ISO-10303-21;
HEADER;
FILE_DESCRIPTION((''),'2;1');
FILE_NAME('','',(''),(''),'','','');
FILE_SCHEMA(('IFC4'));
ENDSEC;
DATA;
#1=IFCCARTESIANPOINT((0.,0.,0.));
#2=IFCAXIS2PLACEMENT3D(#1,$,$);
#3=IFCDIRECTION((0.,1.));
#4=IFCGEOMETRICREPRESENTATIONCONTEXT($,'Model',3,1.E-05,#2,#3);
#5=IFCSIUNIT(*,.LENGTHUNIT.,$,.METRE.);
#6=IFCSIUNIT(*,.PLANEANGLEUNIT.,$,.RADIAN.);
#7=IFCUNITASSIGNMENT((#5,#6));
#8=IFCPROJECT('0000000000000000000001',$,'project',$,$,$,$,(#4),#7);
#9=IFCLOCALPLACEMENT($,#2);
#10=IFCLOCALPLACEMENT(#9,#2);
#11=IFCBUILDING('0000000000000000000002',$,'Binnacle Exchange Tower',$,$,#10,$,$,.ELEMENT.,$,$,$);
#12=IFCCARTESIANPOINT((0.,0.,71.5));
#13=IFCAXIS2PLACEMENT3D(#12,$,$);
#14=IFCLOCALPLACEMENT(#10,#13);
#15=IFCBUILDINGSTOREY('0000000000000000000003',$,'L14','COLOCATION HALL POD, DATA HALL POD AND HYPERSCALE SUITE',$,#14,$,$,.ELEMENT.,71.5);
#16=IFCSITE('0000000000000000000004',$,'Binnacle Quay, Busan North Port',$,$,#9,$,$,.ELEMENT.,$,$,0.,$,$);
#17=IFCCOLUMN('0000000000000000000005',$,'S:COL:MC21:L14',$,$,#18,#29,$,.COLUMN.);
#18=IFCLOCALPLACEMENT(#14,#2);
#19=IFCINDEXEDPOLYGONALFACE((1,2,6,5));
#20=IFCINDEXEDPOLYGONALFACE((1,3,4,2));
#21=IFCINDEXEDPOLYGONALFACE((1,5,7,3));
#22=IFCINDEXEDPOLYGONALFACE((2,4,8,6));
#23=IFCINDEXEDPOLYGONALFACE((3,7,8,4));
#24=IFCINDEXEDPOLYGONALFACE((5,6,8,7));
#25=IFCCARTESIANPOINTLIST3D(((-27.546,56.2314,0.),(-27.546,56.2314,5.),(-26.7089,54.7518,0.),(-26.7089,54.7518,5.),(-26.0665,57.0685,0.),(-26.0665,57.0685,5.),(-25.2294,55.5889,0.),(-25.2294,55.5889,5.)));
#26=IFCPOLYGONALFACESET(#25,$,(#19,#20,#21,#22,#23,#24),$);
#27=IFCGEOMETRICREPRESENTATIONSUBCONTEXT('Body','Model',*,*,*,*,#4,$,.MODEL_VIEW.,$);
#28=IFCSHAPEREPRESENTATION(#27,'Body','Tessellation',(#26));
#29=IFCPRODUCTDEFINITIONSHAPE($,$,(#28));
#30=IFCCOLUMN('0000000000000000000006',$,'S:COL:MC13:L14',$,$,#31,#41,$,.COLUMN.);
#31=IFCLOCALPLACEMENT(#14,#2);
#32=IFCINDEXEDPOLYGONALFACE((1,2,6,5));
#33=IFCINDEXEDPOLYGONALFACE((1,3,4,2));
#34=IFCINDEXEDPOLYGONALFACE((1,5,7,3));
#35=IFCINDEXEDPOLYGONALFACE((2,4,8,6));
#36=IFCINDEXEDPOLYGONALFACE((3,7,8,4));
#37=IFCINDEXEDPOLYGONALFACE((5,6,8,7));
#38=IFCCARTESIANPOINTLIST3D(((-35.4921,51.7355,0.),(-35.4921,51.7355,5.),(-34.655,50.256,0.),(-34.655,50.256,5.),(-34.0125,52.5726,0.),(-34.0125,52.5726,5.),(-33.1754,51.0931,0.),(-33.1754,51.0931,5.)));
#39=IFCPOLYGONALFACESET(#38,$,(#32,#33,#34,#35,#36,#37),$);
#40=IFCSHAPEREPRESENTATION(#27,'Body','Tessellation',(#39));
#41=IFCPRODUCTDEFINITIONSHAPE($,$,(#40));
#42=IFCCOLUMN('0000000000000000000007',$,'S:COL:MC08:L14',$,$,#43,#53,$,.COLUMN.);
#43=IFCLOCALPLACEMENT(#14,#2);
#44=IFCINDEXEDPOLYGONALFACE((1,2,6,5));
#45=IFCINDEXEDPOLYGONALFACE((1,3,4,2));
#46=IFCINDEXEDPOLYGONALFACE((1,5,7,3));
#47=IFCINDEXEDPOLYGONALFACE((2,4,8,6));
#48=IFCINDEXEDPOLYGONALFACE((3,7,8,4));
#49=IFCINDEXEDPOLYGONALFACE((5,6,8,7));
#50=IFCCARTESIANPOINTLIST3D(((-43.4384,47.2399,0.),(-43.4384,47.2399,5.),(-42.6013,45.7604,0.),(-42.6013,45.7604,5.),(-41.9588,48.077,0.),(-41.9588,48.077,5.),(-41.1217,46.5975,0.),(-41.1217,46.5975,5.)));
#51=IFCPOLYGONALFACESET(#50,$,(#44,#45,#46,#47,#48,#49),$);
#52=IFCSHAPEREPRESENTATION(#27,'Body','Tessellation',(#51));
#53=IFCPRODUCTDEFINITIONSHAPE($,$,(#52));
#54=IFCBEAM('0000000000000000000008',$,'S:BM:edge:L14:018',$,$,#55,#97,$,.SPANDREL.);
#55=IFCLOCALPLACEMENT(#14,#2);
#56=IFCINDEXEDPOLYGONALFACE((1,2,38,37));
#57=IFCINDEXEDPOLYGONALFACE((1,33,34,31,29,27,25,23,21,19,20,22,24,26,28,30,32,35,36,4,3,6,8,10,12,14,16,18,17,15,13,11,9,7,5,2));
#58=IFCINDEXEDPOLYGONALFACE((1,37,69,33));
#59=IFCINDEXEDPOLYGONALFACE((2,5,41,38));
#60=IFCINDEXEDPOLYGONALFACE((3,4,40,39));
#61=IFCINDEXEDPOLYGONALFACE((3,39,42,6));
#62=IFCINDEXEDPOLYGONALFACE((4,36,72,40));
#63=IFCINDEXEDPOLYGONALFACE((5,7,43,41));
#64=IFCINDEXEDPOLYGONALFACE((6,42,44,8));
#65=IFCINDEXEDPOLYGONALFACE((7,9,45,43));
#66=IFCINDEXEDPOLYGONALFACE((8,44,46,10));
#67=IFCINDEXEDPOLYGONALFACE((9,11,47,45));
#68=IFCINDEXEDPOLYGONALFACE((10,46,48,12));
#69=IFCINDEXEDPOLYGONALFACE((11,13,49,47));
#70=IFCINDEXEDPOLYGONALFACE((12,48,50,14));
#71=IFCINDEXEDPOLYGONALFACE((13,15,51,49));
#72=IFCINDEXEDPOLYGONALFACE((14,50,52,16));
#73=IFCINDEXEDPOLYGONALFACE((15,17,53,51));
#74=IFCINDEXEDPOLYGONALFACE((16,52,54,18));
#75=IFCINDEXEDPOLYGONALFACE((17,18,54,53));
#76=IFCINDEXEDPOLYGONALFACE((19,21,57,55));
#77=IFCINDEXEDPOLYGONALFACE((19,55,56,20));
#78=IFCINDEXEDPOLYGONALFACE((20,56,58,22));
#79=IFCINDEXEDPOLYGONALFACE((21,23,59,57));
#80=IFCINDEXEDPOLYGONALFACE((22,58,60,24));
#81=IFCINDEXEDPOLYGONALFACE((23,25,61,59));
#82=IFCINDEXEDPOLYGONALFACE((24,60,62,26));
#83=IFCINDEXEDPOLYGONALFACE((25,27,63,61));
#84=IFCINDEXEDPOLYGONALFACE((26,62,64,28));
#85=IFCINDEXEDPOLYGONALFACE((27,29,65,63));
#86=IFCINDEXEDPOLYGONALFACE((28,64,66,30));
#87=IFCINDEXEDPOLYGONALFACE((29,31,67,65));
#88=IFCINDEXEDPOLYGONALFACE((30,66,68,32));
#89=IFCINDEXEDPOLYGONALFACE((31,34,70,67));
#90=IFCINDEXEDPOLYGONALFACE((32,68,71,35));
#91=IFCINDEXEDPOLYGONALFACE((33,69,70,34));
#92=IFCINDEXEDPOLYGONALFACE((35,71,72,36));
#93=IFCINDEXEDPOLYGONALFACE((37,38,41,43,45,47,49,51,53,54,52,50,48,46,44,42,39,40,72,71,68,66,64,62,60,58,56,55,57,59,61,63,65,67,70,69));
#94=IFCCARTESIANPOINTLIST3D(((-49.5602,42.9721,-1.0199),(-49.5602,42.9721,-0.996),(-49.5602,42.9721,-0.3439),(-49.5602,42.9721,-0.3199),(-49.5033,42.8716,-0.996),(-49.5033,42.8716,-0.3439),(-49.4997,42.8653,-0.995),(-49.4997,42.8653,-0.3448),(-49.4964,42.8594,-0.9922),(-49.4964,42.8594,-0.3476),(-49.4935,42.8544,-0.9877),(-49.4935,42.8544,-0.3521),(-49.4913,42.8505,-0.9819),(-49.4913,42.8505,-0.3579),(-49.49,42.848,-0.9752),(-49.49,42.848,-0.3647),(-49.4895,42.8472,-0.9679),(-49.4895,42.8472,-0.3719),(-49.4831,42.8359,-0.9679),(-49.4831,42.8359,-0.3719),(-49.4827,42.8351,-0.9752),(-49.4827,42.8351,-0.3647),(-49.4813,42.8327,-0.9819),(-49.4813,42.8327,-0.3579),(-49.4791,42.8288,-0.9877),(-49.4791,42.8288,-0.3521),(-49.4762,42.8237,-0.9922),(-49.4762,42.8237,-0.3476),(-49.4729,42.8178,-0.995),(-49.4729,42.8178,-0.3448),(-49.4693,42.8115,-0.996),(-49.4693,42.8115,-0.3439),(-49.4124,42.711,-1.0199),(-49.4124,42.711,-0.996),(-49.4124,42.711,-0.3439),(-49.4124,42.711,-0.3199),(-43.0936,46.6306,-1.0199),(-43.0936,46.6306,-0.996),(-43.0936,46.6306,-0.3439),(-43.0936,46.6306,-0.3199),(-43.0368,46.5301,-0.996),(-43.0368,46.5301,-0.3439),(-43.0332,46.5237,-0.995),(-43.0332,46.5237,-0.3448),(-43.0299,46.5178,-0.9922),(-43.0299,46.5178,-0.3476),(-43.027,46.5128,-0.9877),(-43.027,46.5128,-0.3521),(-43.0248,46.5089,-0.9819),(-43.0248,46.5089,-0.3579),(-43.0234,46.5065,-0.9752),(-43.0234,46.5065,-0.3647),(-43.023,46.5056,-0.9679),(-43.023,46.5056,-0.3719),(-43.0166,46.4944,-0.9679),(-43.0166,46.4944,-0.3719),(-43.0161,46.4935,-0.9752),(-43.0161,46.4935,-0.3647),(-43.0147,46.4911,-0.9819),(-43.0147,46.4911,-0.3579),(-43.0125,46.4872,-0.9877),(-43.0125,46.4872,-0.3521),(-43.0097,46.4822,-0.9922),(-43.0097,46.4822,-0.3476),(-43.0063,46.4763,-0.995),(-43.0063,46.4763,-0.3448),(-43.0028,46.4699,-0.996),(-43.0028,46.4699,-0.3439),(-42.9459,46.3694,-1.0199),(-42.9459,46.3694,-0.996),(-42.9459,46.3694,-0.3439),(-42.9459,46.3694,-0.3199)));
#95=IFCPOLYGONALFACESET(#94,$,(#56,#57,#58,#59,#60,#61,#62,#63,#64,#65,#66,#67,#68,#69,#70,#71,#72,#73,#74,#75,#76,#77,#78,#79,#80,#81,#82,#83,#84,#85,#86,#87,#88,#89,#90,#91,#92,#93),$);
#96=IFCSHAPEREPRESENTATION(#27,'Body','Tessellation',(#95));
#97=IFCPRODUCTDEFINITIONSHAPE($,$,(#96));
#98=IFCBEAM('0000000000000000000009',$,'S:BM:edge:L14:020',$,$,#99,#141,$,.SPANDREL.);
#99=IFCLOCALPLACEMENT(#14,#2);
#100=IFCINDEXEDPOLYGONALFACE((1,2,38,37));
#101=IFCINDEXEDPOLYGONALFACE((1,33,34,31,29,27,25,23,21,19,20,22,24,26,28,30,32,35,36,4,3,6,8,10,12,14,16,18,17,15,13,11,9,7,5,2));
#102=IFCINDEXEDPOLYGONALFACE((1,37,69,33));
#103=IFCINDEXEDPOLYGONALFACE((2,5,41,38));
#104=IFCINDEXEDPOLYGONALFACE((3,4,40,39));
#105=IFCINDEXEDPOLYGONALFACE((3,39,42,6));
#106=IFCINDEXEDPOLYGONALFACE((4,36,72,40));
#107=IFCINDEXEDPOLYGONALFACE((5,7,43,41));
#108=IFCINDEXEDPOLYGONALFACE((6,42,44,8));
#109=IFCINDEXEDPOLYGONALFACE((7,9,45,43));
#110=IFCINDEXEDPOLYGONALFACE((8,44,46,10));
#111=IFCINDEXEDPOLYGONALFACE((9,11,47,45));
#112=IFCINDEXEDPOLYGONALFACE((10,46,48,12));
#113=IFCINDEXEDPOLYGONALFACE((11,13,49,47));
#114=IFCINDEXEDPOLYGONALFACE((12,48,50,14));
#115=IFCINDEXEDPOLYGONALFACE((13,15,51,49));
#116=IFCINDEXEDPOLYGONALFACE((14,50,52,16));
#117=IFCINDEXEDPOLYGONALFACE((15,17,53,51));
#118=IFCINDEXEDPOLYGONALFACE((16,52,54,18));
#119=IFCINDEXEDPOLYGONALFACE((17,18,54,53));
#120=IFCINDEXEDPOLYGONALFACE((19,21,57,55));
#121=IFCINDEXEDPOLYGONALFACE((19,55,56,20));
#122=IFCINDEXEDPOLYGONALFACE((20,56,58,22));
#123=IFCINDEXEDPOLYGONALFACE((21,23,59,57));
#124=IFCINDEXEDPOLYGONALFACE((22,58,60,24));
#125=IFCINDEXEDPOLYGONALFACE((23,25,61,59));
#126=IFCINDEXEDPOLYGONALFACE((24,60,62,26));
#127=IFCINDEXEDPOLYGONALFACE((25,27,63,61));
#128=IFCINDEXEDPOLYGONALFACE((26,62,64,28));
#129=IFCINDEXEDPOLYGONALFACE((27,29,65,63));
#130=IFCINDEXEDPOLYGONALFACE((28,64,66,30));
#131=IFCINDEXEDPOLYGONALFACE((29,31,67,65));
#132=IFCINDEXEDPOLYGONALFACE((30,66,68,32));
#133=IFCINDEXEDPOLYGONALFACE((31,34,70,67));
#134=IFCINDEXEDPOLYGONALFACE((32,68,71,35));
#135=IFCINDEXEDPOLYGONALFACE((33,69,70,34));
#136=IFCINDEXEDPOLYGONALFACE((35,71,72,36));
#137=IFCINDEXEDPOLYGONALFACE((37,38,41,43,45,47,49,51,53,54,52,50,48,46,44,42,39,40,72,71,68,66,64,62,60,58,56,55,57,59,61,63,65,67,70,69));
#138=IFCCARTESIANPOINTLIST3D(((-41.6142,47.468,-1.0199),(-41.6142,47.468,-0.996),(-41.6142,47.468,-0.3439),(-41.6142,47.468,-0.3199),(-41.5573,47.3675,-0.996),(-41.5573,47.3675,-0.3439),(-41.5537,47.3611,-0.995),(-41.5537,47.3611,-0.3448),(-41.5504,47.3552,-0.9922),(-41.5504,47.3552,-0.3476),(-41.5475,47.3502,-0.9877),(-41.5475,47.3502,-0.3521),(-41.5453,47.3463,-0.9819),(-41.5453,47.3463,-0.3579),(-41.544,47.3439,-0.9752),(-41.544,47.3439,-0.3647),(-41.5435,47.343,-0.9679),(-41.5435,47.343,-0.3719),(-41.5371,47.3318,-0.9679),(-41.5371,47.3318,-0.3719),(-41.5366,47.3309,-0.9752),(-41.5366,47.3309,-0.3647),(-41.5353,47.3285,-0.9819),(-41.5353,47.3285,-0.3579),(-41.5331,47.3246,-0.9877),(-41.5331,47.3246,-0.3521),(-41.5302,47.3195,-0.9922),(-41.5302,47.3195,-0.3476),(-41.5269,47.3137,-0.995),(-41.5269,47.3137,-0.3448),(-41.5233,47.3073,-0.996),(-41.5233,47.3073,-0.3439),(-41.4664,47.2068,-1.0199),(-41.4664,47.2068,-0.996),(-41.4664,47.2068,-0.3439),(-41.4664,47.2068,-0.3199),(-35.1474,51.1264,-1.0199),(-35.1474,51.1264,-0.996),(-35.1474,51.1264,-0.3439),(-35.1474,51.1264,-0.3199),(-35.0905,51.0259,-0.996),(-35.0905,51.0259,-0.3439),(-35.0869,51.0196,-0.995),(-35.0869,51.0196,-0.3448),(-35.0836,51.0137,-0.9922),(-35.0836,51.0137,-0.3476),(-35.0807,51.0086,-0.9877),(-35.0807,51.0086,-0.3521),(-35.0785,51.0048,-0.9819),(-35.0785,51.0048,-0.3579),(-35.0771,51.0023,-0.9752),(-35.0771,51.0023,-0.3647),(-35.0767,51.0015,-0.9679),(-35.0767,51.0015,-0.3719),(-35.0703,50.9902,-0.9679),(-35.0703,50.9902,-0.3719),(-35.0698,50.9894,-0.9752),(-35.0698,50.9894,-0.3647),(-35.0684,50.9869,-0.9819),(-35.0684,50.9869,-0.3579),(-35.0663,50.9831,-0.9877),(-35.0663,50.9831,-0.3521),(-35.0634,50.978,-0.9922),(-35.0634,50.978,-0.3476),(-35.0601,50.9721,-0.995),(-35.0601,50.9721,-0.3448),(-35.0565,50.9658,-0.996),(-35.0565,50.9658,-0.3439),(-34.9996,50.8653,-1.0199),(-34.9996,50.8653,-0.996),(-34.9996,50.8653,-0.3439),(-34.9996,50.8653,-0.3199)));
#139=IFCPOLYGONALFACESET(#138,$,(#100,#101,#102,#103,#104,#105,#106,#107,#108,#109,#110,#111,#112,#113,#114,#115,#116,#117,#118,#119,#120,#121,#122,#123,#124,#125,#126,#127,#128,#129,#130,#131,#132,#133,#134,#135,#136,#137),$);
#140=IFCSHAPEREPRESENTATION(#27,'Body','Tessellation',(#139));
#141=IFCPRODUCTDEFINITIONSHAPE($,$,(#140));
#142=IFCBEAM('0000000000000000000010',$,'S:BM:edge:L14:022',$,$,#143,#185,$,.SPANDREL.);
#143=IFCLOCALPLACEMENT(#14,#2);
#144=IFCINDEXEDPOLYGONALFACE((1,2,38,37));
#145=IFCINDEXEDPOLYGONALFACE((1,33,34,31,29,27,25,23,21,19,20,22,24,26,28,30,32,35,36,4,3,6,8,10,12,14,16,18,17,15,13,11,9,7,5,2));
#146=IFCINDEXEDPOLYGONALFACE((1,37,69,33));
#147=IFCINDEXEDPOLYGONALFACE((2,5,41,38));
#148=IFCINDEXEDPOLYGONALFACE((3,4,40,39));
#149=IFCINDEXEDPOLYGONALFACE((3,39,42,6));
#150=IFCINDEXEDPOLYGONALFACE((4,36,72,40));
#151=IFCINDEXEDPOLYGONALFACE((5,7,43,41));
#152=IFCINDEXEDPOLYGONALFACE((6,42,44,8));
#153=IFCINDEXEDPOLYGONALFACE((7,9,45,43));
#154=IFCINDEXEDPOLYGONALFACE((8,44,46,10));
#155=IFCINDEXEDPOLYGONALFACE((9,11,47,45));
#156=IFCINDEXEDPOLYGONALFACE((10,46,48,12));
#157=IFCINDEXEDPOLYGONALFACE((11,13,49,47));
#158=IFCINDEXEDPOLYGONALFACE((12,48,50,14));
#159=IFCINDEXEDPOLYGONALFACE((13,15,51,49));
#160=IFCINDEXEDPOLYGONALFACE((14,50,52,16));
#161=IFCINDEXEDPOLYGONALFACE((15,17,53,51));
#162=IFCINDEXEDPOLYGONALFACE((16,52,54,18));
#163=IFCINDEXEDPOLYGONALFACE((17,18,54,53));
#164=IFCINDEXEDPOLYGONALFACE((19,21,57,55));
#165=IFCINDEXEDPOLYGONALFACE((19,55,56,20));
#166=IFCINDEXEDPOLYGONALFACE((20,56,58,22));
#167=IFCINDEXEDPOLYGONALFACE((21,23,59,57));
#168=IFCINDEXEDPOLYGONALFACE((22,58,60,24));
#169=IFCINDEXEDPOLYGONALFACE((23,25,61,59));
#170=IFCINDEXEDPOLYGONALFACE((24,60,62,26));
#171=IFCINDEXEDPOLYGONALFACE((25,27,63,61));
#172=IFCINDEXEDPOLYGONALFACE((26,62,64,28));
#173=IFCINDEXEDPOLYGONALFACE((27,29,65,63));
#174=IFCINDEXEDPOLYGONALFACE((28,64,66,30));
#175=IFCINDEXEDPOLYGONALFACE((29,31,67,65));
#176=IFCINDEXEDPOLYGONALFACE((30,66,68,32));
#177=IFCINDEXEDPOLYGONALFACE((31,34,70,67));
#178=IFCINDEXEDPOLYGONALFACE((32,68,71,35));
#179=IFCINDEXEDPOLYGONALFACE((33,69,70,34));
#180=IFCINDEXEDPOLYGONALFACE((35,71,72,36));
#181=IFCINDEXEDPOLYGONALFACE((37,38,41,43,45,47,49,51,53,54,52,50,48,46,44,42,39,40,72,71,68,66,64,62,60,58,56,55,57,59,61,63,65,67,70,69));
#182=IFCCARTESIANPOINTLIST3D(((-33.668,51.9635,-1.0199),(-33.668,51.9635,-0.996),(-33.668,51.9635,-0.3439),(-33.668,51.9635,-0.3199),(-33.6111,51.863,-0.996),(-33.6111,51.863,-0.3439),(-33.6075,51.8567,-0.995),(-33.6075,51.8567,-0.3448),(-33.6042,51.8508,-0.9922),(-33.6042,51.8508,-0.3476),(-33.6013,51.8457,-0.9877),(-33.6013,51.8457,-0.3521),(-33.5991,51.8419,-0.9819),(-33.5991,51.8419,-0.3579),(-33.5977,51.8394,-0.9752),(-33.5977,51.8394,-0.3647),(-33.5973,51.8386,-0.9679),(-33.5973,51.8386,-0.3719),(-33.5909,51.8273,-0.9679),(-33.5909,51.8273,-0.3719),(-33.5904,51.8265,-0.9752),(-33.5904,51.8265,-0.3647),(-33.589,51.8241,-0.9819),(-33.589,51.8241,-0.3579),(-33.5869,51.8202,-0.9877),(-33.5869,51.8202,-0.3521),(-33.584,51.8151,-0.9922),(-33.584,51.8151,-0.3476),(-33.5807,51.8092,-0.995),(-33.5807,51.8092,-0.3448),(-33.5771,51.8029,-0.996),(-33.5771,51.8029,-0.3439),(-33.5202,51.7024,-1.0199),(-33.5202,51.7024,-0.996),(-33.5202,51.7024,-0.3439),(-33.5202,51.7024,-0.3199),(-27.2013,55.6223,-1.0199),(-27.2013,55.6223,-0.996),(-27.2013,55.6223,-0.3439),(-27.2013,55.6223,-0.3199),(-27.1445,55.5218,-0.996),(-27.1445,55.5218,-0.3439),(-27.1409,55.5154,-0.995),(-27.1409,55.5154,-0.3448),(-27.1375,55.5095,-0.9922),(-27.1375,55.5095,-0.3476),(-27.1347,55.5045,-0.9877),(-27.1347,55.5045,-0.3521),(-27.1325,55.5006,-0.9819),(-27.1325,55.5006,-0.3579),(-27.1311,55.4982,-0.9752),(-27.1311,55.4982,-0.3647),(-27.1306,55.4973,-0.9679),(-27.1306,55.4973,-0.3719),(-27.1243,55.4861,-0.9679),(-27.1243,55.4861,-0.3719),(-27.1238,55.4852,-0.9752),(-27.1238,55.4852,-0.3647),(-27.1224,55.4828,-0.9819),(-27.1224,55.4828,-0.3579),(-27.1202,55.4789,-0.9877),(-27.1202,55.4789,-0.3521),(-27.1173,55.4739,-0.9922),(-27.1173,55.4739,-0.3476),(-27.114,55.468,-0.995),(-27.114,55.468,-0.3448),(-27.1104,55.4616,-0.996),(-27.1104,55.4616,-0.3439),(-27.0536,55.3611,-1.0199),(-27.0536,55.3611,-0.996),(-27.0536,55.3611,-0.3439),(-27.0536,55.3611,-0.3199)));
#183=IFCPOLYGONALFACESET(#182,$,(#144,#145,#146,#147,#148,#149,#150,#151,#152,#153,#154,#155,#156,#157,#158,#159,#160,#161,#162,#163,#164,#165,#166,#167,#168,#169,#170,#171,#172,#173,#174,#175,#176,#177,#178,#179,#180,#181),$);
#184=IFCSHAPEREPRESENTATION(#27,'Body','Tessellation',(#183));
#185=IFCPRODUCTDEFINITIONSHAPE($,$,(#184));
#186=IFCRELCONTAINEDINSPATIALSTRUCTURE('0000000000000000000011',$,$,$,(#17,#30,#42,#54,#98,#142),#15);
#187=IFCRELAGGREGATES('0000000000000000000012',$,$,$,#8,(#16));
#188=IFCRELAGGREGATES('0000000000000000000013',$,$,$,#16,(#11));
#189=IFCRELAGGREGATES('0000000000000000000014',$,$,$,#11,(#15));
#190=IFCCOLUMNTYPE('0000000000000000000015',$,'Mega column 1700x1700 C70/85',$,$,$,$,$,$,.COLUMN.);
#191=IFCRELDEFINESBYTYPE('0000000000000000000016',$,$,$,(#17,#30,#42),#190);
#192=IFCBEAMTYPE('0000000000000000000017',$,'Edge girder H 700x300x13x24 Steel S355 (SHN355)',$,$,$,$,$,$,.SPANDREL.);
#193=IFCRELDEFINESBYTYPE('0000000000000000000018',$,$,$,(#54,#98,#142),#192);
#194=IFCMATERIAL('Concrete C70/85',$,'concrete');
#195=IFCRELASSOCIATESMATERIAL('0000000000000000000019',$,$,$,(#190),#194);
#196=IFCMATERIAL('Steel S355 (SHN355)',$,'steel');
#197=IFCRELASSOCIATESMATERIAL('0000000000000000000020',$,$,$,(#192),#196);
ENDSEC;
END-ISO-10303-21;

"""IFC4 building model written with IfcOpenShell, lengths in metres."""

from ifc_helpers import new_model, si_unit, direction, frame, origin, origin_2d, place, context, subcontext, project, spatial, rectangle, i_section, extrude, material, material_profile, profile_set, type_object, element, save


model = new_model("IFC4")

# Units and contexts
model_context = context("Model", 3, precision=1e-05, world=origin(), true_north=direction((0.0, 1.0)))
body_context = subcontext(model_context, "Body", "Model", "MODEL_VIEW")
ifc_project = project(units=[si_unit("LENGTHUNIT", "METRE"), si_unit("PLANEANGLEUNIT", "RADIAN")], contexts=[model_context])

# Site, building, storey
site_placement = place(None, origin())
site = spatial("IfcSite", under=ifc_project, at=site_placement, Name="Binnacle Quay, Busan North Port", CompositionType="ELEMENT", RefElevation=0.0)
building_placement = place(site_placement, origin())
building = spatial("IfcBuilding", under=site, at=building_placement, Name="Binnacle Exchange Tower", CompositionType="ELEMENT")
storey_placement = place(building_placement, frame((0.0, 0.0, 71.5)))
storey = spatial("IfcBuildingStorey", under=building, at=storey_placement, Name="L14", Description="COLOCATION HALL POD, DATA HALL POD AND HYPERSCALE SUITE", CompositionType="ELEMENT", Elevation=71.5)

# Columns
ifc_material_1 = material(Name="Concrete C70/85", Category="concrete")
ifc_material_profile_1 = material_profile(ifc_material_1, rectangle(XDim=1.7, YDim=1.7, at=origin_2d()), Name="Mega column 1700x1700 C70/85")
ifc_profile_set_1 = profile_set([ifc_material_profile_1], Name="Concrete C70/85")
column_type = type_object("IfcColumnType", Name="Mega column 1700x1700 C70/85", PredefinedType="COLUMN", material=ifc_profile_set_1)
for number, where, z_axis, x_axis, name in (
    (1, (-26.3877, 55.9102, 0.0), (0.0, 0.0, 1.0), (-0.870356, -0.492424, 0.0), "S:COL:MC21:L14"),
    (2, (-34.3337, 51.4143, 0.0), (0.0, 0.0, 1.0), (-0.870356, -0.492424, 0.0), "S:COL:MC13:L14"),
    (3, (-42.28, 46.9187, 0.0), (0.0, 0.0, 1.0), (-0.870356, -0.492424, 0.0), "S:COL:MC08:L14"),
):
    element("IfcColumn", number, at=place(storey_placement, frame(where, z_axis=z_axis, x_axis=x_axis)), inside=storey, type_object=column_type, Name=name, PredefinedType="COLUMN", context=body_context, shape_type="SweptSolid", body=[
        extrude(rectangle(XDim=1.7, YDim=1.7, at=origin_2d()), origin(), (0.0, 0.0, 1.0), 5.0),
    ])

# Beams
ifc_material_2 = material(Name="Steel S355 (SHN355)", Category="steel")
ifc_material_profile_2 = material_profile(ifc_material_2, i_section(OverallWidth=0.3, OverallDepth=0.7, WebThickness=0.0129, FlangeThickness=0.0239, FilletRadius=0.0281, at=origin_2d()), Name="H 700x300x13x24")
ifc_profile_set_2 = profile_set([ifc_material_profile_2], Name="Steel S355 (SHN355)")
beam_type_1 = type_object("IfcBeamType", Name="Edge girder H 700x300x13x24 Steel S355 (SHN355)", PredefinedType="SPANDREL", material=ifc_profile_set_2)
beam_1_placement = place(storey_placement, frame((-43.0198, 46.5, -0.6699), z_axis=(-0.870364, -0.492408, 0.0), x_axis=(0.492408, -0.870364, 0.0)))
element("IfcBeam", 4, at=beam_1_placement, inside=storey, type_object=beam_type_1, Name="S:BM:edge:L14:018", PredefinedType="SPANDREL", context=body_context, shape_type="SweptSolid", body=[
    extrude(i_section(OverallWidth=0.3, OverallDepth=0.7, WebThickness=0.0129, FlangeThickness=0.0239, FilletRadius=0.0281, at=origin_2d()), origin(), (0.0, 0.0, 1.0), 7.4297),
])
for number, where, z_axis, x_axis, name in (
    (5, (-35.0735, 50.9958, -0.6699), (-0.870372, -0.492394, 0.0), (0.492394, -0.870372, 0.0), "S:BM:edge:L14:020"),
    (6, (-27.1274, 55.4917, -0.6699), (-0.87035, -0.492433, 0.0), (0.492433, -0.87035, 0.0), "S:BM:edge:L14:022"),
):
    element("IfcBeam", number, at=place(storey_placement, frame(where, z_axis=z_axis, x_axis=x_axis)), inside=storey, type_object=beam_type_1, Name=name, PredefinedType="SPANDREL", context=body_context, shape_type="SweptSolid", body=[
        extrude(i_section(OverallWidth=0.3, OverallDepth=0.7, WebThickness=0.0129, FlangeThickness=0.0239, FilletRadius=0.0281, at=origin_2d()), origin(), (0.0, 0.0, 1.0), 7.4299),
    ])

save(model, "model.ifc")
